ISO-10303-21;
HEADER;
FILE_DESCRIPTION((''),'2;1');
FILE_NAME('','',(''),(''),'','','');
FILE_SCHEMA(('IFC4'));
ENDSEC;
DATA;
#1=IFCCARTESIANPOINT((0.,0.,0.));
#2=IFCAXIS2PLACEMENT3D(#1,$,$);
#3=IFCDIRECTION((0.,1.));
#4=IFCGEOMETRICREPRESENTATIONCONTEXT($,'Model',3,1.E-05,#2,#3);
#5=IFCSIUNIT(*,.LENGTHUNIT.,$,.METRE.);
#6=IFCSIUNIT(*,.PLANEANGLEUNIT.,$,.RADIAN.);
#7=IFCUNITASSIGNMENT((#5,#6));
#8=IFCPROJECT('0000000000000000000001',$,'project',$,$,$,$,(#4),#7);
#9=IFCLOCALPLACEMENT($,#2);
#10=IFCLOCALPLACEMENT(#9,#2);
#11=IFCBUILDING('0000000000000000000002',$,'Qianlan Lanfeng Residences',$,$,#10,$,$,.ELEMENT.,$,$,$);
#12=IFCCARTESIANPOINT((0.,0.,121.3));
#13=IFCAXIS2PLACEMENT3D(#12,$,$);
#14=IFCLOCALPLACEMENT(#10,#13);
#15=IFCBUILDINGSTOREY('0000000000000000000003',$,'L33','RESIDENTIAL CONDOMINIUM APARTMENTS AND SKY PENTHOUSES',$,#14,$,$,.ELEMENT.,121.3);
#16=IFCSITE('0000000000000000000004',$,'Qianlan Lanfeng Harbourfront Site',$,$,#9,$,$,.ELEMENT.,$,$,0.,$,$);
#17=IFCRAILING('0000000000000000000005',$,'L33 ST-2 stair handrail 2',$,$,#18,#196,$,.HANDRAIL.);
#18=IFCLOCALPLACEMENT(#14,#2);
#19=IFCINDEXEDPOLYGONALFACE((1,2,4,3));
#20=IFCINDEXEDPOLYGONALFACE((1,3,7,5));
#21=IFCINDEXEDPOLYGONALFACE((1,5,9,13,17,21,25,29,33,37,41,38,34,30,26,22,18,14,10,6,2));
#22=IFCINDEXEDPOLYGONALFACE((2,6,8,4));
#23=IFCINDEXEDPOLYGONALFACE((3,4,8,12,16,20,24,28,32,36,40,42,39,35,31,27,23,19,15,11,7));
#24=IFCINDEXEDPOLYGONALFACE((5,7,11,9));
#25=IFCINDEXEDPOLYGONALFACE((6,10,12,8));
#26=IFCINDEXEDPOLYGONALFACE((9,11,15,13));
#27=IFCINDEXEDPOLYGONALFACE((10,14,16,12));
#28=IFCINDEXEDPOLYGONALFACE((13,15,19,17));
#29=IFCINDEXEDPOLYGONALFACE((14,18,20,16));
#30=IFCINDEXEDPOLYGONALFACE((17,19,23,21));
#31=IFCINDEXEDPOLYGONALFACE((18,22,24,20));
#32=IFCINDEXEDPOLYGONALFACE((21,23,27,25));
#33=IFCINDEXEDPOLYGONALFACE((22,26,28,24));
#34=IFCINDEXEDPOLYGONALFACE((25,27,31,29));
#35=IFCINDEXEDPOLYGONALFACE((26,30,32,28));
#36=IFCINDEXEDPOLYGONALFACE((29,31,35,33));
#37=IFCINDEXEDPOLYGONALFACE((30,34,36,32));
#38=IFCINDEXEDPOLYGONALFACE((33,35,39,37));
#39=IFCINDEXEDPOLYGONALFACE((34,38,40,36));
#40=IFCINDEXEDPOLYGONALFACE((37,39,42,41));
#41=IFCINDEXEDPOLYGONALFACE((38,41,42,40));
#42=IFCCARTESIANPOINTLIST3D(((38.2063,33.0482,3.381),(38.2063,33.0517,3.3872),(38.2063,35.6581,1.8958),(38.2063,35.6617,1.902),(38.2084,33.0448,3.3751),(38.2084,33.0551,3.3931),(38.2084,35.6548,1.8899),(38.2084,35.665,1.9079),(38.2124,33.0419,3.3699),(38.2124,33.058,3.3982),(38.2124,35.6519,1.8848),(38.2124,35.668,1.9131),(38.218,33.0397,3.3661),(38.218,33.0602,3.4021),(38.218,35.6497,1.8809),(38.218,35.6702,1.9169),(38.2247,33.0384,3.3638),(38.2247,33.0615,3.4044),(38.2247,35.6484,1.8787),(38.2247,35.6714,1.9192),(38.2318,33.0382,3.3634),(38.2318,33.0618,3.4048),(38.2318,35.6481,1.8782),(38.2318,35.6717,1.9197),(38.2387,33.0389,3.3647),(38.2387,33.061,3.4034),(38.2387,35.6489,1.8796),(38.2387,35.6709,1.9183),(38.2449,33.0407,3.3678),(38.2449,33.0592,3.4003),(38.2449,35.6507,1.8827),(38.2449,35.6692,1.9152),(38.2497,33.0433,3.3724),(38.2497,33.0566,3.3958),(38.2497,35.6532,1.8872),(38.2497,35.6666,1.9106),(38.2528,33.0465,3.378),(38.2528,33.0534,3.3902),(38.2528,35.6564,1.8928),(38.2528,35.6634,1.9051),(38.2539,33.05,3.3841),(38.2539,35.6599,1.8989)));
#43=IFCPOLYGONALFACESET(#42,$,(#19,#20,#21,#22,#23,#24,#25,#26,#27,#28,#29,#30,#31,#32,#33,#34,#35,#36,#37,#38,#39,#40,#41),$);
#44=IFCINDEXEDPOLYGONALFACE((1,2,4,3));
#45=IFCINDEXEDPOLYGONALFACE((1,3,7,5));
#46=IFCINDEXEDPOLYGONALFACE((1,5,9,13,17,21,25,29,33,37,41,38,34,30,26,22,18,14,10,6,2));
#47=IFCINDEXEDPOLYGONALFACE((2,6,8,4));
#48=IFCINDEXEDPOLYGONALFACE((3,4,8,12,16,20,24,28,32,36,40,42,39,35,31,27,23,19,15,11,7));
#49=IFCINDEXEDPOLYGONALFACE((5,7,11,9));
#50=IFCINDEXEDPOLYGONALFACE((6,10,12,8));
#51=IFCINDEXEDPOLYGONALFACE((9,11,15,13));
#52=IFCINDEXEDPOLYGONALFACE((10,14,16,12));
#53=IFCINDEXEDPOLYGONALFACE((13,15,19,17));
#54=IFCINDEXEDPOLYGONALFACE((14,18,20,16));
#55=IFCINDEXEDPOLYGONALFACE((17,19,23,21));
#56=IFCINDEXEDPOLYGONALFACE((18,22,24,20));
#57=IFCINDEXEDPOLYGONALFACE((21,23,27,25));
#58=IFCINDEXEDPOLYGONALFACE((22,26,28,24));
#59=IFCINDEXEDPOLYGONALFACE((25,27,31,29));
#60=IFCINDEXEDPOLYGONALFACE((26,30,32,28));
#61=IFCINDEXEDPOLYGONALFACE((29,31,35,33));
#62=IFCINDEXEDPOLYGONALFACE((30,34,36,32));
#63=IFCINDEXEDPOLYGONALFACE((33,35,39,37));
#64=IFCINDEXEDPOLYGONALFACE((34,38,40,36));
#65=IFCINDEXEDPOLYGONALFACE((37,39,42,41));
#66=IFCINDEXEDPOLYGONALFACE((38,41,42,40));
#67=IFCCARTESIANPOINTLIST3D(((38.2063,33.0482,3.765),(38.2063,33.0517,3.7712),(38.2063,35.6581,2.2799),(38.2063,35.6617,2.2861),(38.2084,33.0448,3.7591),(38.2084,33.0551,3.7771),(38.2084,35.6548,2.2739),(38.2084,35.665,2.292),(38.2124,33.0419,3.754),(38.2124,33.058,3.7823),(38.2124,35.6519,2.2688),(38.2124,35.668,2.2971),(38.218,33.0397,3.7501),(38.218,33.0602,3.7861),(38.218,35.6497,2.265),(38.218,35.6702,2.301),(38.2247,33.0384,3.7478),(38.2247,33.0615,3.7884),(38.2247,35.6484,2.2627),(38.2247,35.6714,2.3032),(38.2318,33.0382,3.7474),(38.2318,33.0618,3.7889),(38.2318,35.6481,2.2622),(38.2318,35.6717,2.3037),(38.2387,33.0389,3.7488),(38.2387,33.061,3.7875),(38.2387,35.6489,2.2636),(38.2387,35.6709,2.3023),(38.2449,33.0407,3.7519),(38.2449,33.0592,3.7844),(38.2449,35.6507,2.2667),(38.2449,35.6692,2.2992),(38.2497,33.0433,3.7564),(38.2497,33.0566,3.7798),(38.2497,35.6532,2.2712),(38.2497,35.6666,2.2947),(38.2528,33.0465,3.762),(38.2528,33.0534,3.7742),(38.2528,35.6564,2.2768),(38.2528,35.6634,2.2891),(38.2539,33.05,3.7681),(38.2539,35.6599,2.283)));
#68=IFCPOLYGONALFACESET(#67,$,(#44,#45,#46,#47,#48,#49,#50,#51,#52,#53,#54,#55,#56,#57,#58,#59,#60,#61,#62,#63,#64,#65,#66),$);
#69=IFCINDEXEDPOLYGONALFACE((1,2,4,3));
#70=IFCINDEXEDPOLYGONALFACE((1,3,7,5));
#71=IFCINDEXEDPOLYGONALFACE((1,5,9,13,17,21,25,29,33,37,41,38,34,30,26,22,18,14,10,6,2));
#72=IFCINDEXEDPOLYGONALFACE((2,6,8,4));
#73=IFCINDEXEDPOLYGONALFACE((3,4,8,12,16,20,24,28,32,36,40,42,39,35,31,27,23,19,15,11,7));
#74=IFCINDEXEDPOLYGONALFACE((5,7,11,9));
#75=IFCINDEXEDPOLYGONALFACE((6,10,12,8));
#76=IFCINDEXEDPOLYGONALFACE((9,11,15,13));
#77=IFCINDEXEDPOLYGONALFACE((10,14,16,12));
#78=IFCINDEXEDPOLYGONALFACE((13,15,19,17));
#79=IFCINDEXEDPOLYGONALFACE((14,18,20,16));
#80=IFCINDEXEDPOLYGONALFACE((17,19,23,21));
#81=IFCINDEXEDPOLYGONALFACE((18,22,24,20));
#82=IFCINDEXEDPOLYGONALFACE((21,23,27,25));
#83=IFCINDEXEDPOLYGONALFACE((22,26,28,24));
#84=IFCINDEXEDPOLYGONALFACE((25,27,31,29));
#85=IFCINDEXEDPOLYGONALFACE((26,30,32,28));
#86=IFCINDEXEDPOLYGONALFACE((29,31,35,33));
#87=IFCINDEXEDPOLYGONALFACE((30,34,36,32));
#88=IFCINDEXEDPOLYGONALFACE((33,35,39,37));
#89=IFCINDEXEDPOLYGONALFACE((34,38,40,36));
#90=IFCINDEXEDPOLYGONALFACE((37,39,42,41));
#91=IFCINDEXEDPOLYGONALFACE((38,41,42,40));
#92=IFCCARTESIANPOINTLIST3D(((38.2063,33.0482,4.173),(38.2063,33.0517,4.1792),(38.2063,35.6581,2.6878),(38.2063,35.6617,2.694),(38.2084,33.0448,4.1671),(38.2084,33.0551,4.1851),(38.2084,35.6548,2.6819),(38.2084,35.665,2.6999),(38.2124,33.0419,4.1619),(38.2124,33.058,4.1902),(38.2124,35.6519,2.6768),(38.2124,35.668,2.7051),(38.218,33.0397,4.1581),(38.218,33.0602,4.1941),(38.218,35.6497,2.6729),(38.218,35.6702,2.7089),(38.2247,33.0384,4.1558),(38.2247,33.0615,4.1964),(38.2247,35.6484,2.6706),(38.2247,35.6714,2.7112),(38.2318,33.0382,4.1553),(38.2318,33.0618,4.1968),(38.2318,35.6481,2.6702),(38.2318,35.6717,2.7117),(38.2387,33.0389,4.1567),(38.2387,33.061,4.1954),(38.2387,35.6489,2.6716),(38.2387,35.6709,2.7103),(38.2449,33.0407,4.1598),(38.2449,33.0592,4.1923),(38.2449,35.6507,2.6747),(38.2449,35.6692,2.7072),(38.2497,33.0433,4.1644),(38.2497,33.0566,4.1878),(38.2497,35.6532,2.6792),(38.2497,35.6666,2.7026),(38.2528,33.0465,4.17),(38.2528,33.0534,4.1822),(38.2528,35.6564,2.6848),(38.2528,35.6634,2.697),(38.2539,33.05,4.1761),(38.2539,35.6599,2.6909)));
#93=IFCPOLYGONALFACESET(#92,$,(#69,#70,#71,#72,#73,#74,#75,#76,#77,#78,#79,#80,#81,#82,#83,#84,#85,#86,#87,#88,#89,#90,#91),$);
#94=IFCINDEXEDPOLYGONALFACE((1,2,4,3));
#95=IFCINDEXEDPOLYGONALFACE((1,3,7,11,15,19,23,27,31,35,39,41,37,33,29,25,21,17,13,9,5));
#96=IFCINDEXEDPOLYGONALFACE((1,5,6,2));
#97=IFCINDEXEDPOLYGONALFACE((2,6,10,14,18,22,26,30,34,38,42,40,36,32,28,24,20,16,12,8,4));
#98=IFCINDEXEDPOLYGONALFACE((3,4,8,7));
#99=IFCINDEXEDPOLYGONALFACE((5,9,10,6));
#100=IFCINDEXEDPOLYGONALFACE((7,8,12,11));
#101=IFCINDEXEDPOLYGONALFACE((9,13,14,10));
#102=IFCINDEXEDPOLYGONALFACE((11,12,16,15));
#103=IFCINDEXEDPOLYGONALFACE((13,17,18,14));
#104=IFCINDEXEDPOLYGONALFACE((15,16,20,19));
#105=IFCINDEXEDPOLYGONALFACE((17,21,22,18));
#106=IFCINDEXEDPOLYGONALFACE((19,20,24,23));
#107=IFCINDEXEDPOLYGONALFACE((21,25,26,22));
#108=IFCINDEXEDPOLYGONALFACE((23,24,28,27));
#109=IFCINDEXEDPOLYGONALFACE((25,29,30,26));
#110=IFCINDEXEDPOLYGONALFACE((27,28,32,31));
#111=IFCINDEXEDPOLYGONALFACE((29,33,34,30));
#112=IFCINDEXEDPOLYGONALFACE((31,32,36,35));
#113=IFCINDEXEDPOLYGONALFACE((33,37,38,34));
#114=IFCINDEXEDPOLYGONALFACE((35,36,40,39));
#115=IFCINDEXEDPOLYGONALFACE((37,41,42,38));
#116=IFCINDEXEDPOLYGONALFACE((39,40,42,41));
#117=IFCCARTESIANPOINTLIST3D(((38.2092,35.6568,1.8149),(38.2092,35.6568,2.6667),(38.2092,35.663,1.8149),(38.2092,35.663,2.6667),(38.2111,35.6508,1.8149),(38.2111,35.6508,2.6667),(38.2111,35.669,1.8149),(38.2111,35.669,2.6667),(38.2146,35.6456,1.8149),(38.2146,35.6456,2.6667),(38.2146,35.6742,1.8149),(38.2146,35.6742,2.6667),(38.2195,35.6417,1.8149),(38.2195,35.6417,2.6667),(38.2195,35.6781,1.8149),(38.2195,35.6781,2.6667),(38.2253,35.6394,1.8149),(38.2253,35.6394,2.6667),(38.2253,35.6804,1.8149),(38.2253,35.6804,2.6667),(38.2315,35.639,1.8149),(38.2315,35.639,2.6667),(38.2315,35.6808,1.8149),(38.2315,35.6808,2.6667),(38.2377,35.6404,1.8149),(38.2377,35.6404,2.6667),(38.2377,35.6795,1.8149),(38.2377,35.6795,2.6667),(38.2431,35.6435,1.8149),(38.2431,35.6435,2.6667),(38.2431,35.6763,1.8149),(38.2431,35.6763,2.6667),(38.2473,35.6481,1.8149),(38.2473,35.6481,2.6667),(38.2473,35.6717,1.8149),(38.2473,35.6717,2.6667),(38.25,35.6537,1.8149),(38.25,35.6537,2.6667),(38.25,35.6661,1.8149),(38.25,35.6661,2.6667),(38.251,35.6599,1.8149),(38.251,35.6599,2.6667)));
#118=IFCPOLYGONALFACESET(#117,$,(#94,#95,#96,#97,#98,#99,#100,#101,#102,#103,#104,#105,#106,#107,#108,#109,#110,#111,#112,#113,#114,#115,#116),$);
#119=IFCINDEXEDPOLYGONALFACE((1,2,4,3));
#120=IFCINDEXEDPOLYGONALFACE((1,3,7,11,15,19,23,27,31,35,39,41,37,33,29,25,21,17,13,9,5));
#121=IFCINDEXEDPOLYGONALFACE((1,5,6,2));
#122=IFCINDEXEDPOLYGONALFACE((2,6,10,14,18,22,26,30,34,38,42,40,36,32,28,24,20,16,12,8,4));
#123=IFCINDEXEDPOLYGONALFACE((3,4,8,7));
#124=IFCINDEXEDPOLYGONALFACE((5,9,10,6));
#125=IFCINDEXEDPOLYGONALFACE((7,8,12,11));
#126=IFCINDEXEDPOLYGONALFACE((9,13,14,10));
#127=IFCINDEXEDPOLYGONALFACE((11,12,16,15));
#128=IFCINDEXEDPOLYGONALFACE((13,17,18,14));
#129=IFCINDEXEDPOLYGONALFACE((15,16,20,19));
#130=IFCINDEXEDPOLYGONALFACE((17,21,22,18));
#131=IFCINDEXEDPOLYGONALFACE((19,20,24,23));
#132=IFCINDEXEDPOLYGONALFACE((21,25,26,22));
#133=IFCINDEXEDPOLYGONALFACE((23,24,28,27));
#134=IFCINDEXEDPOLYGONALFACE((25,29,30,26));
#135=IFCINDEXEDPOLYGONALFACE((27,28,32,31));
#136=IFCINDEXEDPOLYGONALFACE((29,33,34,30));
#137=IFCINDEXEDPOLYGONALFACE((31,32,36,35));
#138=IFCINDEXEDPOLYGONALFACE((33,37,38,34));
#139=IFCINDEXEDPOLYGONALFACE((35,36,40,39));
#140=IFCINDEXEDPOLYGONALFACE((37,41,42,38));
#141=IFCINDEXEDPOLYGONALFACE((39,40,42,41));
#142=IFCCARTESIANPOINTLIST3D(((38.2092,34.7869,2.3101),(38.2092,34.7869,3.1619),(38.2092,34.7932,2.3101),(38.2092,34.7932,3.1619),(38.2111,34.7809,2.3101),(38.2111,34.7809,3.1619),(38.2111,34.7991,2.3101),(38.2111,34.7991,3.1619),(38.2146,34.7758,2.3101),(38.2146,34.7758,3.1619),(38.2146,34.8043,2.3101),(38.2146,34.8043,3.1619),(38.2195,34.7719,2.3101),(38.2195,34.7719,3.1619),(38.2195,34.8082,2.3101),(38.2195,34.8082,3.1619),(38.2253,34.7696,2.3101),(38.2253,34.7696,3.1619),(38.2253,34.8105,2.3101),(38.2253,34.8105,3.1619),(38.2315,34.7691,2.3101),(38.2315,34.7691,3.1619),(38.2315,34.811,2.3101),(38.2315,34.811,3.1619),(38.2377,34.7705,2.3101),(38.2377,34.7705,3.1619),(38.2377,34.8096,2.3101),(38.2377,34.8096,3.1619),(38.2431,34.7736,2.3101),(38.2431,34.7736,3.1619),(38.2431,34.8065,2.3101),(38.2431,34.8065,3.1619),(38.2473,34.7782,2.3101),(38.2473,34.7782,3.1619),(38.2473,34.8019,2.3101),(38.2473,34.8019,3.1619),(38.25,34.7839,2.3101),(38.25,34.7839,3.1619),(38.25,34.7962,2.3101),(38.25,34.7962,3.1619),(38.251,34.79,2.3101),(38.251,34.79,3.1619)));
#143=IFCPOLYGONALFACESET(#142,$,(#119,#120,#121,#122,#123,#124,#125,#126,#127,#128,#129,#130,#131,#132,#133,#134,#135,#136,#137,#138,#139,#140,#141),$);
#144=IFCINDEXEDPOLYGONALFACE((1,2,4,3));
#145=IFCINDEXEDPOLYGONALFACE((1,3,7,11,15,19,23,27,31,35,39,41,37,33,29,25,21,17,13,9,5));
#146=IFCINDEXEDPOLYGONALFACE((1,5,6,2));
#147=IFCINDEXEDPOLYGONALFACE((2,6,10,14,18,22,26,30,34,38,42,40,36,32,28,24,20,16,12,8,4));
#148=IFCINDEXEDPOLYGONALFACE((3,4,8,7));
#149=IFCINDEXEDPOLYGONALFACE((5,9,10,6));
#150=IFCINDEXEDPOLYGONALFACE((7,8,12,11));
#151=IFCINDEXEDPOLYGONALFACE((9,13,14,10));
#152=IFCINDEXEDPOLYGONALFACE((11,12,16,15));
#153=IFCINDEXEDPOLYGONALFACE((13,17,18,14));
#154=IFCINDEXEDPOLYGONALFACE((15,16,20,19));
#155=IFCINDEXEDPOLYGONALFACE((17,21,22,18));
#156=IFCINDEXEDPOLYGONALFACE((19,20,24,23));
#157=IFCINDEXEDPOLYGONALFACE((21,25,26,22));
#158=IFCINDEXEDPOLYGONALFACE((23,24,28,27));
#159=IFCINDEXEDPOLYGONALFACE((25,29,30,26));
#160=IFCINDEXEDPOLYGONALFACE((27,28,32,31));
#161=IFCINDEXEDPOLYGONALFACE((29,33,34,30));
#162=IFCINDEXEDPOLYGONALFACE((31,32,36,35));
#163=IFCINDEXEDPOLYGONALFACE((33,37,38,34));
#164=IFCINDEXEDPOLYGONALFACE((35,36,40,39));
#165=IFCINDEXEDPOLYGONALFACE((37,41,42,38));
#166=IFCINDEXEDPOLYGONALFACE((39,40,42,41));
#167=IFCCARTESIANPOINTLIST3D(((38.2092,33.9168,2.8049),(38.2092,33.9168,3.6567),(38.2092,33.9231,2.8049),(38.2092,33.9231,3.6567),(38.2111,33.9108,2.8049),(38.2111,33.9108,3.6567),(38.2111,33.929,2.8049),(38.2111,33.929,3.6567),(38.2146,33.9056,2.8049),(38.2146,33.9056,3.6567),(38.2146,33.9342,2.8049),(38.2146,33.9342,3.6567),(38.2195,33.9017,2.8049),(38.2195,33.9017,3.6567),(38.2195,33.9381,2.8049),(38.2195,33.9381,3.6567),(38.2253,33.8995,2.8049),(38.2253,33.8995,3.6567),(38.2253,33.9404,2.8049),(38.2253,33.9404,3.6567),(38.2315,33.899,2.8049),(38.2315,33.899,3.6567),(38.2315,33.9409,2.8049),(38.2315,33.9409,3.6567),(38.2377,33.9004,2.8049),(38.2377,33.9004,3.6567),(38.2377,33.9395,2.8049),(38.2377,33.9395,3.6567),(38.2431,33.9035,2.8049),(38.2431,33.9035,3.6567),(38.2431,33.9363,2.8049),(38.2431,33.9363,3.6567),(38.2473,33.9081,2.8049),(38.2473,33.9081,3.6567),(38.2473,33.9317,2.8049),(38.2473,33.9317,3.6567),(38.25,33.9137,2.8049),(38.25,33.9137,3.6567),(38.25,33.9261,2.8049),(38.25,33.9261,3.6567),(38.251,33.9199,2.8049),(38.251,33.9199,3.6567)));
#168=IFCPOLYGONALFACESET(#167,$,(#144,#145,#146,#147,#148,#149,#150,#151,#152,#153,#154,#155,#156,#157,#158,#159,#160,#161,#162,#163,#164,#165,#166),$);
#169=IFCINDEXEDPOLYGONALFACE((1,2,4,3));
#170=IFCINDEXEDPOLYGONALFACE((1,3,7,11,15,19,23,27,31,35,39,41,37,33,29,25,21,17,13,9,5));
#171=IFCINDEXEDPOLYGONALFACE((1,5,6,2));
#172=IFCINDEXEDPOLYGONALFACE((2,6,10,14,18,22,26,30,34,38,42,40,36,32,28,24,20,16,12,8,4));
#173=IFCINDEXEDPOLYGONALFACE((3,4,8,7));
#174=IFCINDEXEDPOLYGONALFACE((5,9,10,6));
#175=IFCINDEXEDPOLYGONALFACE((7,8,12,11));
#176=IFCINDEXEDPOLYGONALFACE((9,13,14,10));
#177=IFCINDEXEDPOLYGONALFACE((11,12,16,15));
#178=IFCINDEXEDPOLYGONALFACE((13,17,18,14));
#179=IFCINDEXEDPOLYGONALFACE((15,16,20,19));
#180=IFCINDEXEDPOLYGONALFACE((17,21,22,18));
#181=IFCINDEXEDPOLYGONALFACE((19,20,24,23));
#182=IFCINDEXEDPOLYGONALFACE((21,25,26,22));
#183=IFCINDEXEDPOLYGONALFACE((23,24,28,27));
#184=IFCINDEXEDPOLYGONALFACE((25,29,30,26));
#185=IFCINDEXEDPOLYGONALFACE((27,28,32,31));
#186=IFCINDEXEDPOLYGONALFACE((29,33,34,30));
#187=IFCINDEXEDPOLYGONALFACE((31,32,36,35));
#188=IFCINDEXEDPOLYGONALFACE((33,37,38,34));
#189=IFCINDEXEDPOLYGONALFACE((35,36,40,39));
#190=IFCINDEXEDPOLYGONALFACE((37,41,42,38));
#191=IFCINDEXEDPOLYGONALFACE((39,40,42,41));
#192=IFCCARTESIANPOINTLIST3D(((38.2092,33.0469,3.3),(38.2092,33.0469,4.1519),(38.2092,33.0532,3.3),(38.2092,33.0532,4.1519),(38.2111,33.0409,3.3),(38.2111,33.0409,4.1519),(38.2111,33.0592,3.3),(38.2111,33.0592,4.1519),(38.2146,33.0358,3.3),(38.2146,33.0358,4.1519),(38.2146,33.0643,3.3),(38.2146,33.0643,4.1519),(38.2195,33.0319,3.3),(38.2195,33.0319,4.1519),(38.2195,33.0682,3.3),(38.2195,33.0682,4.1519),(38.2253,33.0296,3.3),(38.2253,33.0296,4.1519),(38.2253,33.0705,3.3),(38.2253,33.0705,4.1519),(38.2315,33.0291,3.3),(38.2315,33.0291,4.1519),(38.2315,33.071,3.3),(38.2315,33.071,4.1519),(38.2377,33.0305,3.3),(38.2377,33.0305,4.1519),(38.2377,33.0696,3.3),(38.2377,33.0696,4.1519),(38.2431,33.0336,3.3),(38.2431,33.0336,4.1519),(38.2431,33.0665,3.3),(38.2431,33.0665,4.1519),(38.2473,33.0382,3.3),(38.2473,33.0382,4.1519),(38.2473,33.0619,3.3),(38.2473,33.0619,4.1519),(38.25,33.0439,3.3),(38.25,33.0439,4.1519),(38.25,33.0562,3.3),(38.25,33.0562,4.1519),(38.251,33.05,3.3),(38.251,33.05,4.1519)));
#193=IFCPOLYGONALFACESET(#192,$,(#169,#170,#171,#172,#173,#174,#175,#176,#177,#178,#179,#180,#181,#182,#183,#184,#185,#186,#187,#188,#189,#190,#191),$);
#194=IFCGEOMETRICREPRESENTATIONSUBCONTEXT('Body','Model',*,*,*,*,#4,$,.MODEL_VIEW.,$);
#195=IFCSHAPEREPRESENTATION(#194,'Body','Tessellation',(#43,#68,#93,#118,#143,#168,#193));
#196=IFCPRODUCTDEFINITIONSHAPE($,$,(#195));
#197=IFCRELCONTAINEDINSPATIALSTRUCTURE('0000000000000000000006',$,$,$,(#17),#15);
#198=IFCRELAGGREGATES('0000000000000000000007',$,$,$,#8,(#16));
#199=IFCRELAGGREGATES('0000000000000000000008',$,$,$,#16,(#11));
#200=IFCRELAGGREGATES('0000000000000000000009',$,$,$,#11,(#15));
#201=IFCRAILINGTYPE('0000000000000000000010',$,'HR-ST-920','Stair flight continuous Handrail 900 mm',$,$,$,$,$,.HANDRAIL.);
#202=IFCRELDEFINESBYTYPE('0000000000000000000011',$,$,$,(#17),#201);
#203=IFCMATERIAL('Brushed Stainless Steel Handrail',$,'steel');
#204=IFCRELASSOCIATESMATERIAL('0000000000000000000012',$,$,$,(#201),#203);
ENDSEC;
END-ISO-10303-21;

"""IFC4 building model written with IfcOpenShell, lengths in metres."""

from ifc_helpers import new_model, si_unit, direction, frame, origin, origin_2d, place, context, subcontext, project, spatial, circle, extrude, material, type_object, element, save


model = new_model("IFC4")

# Units and contexts
model_context = context("Model", 3, precision=1e-05, world=origin(), true_north=direction((0.0, 1.0)))
body_context = subcontext(model_context, "Body", "Model", "MODEL_VIEW")
ifc_project = project(units=[si_unit("LENGTHUNIT", "METRE"), si_unit("PLANEANGLEUNIT", "RADIAN")], contexts=[model_context])

# Site, building, storey
site_placement = place(None, origin())
site = spatial("IfcSite", under=ifc_project, at=site_placement, Name="Qianlan Lanfeng Harbourfront Site", CompositionType="ELEMENT", RefElevation=0.0)
building_placement = place(site_placement, origin())
building = spatial("IfcBuilding", under=site, at=building_placement, Name="Qianlan Lanfeng Residences", CompositionType="ELEMENT")
storey_placement = place(building_placement, frame((0.0, 0.0, 121.3)))
storey = spatial("IfcBuildingStorey", under=building, at=storey_placement, Name="L33", Description="RESIDENTIAL CONDOMINIUM APARTMENTS AND SKY PENTHOUSES", CompositionType="ELEMENT", Elevation=121.3)

# Railing
ifc_material_1 = material(Name="Brushed Stainless Steel Handrail", Category="steel")
railing_type = type_object("IfcRailingType", Name="HR-ST-920", Description="Stair flight continuous Handrail 900 mm", PredefinedType="HANDRAIL", material=ifc_material_1)
railing_placement = place(storey_placement, frame((38.23, 35.6599, 1.8149)))
element("IfcRailing", 1, at=railing_placement, inside=storey, type_object=railing_type, Name="L33 ST-2 stair handrail 2", PredefinedType="HANDRAIL", context=body_context, shape_type="SweptSolid", body=[
    extrude(circle(Radius=0.0239, at=origin_2d()), frame((0.0, 0.0, 0.084), z_axis=(0.0, -0.869137, 0.494571), x_axis=(1.0, 0.0, 0.0)), (0.0, 0.0, 1.0), 3.0029),
    extrude(circle(Radius=0.0239, at=origin_2d()), frame((0.0, 0.0, 0.468), z_axis=(0.0, -0.869137, 0.494571), x_axis=(1.0, 0.0, 0.0)), (0.0, 0.0, 1.0), 3.0029),
    extrude(circle(Radius=0.0239, at=origin_2d()), frame((0.0, 0.0, 0.876), z_axis=(0.0, -0.869137, 0.494571), x_axis=(1.0, 0.0, 0.0)), (0.0, 0.0, 1.0), 3.0029),
    extrude(circle(Radius=0.021, at=origin_2d()), origin(), (0.0, 0.0, 1.0), 0.8518),
    extrude(circle(Radius=0.021, at=origin_2d()), frame((0.0, -0.8699, 0.4951)), (0.0, 0.0, 1.0), 0.8518),
    extrude(circle(Radius=0.021, at=origin_2d()), frame((0.0, -1.74, 0.99)), (0.0, 0.0, 1.0), 0.8518),
    extrude(circle(Radius=0.021, at=origin_2d()), frame((0.0, -2.6099, 1.4851)), (0.0, 0.0, 1.0), 0.8518),
])

save(model, "model.ifc")
